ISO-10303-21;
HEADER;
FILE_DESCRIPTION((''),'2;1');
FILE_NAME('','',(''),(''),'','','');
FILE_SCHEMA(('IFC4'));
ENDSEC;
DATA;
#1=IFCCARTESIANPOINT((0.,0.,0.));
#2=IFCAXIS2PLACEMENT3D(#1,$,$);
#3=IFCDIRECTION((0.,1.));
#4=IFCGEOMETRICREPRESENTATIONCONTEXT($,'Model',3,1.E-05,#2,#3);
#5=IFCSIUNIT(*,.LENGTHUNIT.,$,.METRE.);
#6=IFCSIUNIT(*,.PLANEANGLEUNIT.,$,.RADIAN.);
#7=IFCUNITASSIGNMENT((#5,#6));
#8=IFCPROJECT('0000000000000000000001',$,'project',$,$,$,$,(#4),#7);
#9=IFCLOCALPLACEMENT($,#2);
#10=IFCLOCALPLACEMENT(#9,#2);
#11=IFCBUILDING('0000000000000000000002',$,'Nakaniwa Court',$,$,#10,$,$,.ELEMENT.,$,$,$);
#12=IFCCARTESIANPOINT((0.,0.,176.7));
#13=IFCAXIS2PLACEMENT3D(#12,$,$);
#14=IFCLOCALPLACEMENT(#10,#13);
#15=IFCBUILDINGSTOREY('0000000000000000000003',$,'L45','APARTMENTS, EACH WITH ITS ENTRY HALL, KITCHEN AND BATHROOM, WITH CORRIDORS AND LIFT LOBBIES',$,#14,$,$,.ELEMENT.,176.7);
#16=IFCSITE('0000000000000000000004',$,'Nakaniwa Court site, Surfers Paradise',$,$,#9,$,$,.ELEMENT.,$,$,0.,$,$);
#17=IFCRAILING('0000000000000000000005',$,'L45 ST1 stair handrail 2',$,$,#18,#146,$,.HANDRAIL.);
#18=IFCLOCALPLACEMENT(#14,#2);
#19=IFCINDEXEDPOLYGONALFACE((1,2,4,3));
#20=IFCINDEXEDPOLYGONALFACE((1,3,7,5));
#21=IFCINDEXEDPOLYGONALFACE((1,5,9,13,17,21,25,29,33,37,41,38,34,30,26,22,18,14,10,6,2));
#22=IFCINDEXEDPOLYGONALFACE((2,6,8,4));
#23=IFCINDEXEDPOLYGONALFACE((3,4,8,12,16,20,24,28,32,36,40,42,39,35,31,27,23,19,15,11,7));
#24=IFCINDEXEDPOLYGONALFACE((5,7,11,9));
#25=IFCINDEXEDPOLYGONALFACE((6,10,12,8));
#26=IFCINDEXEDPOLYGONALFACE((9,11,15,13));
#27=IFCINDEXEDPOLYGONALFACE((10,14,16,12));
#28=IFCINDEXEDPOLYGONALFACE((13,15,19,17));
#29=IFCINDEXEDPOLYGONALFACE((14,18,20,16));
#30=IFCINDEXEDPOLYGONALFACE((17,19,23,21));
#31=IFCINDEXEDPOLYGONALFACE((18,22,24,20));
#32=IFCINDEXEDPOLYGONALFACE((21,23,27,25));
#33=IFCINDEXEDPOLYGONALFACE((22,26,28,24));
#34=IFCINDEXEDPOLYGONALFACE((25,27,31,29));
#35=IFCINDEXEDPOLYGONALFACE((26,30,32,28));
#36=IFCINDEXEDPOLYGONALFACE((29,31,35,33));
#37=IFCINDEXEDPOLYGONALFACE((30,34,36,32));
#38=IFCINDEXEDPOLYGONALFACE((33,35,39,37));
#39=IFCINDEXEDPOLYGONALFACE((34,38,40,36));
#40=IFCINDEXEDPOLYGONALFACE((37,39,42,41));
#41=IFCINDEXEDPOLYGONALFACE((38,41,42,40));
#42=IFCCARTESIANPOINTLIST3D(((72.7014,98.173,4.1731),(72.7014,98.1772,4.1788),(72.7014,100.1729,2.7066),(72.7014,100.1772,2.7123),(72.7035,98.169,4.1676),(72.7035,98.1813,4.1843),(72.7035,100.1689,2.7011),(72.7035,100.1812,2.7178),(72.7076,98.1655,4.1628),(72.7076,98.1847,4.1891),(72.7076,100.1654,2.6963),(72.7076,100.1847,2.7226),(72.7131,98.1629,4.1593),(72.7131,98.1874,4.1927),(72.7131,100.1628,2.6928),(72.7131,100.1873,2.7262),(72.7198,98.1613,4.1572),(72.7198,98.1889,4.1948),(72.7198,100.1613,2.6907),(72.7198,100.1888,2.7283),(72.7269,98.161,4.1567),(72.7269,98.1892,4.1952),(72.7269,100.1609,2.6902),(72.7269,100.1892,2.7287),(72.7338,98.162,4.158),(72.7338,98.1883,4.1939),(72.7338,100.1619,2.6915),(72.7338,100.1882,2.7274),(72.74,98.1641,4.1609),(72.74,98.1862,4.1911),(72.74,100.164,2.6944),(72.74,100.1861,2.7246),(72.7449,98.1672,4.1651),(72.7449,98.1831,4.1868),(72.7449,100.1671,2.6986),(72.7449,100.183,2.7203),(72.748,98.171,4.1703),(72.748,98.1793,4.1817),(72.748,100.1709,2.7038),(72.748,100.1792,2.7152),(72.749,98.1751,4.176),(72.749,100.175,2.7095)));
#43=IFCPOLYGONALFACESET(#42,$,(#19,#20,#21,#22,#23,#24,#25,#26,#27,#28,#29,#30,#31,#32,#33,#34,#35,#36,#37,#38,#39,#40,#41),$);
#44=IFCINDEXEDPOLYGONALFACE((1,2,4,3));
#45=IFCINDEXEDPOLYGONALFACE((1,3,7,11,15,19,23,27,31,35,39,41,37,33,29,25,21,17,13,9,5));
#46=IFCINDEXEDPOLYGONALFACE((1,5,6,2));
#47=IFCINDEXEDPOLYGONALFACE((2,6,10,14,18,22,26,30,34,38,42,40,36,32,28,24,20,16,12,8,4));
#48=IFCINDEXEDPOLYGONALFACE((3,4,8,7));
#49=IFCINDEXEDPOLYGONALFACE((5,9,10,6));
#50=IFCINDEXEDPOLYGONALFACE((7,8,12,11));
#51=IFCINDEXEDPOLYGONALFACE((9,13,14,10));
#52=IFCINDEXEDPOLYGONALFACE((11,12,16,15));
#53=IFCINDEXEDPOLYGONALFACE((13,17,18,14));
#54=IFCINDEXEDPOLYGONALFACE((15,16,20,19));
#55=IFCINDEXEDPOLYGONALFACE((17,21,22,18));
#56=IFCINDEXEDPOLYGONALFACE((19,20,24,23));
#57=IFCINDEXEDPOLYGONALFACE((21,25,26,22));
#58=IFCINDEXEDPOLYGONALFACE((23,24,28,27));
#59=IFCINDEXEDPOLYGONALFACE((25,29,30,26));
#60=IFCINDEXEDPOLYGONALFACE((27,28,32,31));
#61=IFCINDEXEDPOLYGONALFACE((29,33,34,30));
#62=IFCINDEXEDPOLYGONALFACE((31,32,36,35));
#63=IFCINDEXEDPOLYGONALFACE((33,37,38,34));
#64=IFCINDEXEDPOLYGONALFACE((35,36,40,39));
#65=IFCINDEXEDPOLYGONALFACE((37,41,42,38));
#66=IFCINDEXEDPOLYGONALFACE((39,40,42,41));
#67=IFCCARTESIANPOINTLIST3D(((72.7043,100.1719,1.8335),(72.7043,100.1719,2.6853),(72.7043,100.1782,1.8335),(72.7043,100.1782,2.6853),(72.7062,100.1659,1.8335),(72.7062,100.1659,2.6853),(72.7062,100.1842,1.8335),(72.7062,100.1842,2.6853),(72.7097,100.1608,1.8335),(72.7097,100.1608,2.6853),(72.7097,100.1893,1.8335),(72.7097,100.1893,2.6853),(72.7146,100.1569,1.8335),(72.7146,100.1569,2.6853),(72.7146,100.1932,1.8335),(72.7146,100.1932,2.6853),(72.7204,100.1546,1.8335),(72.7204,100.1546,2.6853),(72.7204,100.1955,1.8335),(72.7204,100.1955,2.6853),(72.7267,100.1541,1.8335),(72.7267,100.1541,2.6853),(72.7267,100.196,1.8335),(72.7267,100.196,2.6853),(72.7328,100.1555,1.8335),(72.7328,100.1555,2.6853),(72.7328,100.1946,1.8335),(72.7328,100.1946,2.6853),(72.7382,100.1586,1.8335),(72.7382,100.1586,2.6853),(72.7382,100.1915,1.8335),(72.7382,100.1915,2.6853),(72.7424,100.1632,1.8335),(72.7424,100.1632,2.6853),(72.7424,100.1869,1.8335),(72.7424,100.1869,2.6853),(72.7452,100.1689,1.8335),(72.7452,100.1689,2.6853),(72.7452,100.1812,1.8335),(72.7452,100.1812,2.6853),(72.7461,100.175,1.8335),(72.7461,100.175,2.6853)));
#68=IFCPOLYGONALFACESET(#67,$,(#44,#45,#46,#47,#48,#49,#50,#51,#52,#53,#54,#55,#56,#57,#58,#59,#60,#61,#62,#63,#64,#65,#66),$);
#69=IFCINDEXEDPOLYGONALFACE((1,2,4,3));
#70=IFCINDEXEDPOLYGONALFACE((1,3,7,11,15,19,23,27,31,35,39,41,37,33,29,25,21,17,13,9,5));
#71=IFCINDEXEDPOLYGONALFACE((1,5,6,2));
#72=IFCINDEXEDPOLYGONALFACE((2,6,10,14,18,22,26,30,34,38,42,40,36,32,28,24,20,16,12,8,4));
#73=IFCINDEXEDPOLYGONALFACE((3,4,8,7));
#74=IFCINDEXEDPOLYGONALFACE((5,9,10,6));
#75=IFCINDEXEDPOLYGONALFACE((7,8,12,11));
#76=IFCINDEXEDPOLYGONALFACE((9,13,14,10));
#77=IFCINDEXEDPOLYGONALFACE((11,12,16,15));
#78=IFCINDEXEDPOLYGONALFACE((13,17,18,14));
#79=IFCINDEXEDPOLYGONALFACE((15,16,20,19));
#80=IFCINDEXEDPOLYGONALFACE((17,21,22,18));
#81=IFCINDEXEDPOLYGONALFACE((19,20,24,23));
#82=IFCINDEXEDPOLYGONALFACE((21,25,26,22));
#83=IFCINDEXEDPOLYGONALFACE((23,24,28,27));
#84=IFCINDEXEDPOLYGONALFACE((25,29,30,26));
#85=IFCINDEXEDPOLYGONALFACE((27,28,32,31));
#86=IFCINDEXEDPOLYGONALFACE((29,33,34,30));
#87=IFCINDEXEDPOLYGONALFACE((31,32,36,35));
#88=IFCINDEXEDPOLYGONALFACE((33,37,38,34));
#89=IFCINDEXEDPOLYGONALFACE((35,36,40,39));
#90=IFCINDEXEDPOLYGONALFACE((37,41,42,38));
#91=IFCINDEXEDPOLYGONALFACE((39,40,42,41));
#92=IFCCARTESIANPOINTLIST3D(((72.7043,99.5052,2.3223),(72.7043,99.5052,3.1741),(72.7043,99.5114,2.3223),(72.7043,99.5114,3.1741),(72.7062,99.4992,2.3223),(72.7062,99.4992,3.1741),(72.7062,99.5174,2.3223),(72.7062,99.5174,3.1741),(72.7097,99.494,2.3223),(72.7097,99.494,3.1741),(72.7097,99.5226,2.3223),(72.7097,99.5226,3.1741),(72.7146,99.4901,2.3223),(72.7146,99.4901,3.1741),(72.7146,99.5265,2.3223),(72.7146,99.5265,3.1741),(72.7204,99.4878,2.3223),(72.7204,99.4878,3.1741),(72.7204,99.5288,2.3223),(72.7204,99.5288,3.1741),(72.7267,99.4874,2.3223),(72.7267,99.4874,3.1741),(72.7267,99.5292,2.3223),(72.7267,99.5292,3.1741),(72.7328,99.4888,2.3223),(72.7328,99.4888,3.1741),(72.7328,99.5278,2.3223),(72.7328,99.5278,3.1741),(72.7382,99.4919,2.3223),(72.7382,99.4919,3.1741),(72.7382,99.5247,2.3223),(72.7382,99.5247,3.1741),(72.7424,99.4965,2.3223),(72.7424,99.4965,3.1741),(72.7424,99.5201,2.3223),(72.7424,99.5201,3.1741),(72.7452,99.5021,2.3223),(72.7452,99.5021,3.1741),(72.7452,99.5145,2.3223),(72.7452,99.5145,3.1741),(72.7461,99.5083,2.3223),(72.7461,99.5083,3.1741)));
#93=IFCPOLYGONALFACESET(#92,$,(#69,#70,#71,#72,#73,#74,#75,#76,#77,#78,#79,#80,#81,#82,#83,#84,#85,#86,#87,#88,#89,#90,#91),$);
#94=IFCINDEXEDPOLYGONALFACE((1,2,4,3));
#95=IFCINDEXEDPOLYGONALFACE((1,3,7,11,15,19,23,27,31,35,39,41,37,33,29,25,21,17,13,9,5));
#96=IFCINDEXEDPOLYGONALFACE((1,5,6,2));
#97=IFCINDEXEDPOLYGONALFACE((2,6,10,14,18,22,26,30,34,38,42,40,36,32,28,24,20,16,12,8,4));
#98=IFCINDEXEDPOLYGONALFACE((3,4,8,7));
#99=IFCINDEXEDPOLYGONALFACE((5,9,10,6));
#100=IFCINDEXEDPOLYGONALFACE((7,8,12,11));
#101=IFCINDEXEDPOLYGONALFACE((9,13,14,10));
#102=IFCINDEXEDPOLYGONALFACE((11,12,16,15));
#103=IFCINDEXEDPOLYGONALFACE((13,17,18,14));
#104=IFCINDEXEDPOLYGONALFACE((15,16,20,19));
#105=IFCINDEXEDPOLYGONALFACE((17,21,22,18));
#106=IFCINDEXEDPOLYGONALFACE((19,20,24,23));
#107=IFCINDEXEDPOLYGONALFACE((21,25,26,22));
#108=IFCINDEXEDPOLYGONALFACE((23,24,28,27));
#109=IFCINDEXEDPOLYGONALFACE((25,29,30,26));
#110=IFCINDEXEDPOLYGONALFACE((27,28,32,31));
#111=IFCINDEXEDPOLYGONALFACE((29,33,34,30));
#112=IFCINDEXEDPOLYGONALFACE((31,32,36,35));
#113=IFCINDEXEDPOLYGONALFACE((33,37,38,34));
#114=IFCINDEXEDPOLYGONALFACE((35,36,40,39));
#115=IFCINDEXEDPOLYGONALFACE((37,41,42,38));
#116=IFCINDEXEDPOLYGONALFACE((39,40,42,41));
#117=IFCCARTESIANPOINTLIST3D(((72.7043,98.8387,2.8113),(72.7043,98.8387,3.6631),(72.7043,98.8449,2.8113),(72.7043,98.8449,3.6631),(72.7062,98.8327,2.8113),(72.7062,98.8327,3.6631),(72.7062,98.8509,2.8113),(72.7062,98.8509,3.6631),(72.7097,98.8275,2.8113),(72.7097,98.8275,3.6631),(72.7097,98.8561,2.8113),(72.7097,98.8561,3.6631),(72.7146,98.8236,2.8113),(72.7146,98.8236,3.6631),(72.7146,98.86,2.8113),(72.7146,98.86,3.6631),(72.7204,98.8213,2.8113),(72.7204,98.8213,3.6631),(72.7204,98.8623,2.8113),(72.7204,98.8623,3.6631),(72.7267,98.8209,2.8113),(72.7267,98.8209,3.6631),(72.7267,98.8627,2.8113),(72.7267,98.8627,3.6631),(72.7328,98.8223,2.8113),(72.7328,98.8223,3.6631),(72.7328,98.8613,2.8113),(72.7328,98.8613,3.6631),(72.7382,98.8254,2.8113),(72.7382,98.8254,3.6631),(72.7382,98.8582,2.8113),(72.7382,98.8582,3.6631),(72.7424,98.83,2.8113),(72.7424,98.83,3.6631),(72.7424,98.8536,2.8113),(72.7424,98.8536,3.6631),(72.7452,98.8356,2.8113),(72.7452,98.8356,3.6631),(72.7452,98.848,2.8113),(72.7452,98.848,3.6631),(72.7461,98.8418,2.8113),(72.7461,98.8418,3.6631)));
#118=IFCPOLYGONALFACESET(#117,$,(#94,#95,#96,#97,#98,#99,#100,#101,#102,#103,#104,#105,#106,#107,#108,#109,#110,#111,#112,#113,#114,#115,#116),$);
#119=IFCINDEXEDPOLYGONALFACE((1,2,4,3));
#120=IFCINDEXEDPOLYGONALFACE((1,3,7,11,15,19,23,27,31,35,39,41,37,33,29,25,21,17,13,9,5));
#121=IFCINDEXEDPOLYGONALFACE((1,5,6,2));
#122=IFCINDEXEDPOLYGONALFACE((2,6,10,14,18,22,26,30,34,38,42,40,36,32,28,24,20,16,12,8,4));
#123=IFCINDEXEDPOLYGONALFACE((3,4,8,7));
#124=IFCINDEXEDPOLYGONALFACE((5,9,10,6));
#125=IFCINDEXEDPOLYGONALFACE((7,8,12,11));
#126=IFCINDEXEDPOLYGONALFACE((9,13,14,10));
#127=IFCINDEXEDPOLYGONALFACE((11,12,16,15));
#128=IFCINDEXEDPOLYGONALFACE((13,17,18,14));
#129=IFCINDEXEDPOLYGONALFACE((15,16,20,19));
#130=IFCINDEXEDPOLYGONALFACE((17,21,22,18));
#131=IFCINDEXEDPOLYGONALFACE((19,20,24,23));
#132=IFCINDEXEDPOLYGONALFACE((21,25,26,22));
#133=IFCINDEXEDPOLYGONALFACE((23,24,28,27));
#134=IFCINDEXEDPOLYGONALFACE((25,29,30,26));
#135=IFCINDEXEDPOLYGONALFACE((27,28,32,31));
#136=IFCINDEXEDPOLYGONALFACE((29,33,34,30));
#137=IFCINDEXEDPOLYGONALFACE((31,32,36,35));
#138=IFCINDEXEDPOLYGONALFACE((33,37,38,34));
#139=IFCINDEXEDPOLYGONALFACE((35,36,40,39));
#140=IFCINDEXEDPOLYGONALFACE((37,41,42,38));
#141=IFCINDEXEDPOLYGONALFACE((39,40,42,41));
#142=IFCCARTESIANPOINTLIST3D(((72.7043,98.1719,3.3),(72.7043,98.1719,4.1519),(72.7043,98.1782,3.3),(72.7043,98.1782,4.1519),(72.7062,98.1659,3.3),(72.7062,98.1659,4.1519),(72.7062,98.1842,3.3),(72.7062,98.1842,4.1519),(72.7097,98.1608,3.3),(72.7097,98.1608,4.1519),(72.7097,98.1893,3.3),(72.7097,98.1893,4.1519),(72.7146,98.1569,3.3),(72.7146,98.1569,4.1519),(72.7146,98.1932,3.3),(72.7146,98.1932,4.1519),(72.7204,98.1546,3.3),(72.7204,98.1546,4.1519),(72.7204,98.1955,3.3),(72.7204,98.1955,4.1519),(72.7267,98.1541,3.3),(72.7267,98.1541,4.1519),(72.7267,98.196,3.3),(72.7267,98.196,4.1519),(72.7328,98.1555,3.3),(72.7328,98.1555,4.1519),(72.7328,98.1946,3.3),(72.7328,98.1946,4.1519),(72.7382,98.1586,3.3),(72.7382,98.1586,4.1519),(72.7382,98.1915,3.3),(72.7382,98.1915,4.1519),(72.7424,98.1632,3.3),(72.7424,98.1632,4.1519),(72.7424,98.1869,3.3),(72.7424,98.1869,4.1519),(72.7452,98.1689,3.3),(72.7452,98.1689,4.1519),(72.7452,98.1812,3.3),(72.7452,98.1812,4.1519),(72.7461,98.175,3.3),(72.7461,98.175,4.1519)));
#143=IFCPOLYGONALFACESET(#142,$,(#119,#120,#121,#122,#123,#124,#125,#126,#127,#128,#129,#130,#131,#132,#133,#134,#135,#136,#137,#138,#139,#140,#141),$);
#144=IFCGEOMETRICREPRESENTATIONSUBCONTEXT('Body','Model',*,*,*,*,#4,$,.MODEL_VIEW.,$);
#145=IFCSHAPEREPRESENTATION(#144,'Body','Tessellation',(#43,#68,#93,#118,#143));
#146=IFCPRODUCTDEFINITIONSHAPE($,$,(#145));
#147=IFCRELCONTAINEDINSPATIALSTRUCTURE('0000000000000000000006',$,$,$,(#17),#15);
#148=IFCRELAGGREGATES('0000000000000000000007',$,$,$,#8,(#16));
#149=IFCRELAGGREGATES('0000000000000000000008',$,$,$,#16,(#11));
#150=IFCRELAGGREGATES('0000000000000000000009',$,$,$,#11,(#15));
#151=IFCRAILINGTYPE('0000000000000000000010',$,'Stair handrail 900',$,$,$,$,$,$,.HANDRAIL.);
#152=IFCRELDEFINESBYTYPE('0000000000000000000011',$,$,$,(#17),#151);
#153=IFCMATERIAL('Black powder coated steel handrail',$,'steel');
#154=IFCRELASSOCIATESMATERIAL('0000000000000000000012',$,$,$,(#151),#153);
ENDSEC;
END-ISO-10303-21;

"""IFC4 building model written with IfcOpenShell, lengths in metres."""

from ifc_helpers import new_model, si_unit, direction, frame, origin, origin_2d, place, context, subcontext, project, spatial, circle, extrude, material, type_object, element, save


model = new_model("IFC4")

# Units and contexts
model_context = context("Model", 3, precision=1e-05, world=origin(), true_north=direction((0.0, 1.0)))
body_context = subcontext(model_context, "Body", "Model", "MODEL_VIEW")
ifc_project = project(units=[si_unit("LENGTHUNIT", "METRE"), si_unit("PLANEANGLEUNIT", "RADIAN")], contexts=[model_context])

# Site, building, storey
site_placement = place(None, origin())
site = spatial("IfcSite", under=ifc_project, at=site_placement, Name="Nakaniwa Court site, Surfers Paradise", CompositionType="ELEMENT", RefElevation=0.0)
building_placement = place(site_placement, origin())
building = spatial("IfcBuilding", under=site, at=building_placement, Name="Nakaniwa Court", CompositionType="ELEMENT")
storey_placement = place(building_placement, frame((0.0, 0.0, 176.7)))
storey = spatial("IfcBuildingStorey", under=building, at=storey_placement, Name="L45", Description="APARTMENTS, EACH WITH ITS ENTRY HALL, KITCHEN AND BATHROOM, WITH CORRIDORS AND LIFT LOBBIES", CompositionType="ELEMENT", Elevation=176.7)

# Railing
ifc_material_1 = material(Name="Black powder coated steel handrail", Category="steel")
railing_type_1 = type_object("IfcRailingType", Name="Stair handrail 900", PredefinedType="HANDRAIL", material=ifc_material_1)
railing_1_placement = place(storey_placement, frame((72.7251, 100.175, 1.8335)))
element("IfcRailing", 1, at=railing_1_placement, inside=storey, type_object=railing_type_1, Name="L45 ST1 stair handrail 2", PredefinedType="HANDRAIL", context=body_context, shape_type="SweptSolid", body=[
    extrude(circle(Radius=0.0239, at=origin_2d()), frame((0.0, 0.0, 0.876), z_axis=(0.0, -0.806427, 0.591334), x_axis=(1.0, 0.0, 0.0)), (0.0, 0.0, 1.0), 2.48),
    extrude(circle(Radius=0.021, at=origin_2d()), origin(), (0.0, 0.0, 1.0), 0.8518),
    extrude(circle(Radius=0.021, at=origin_2d()), frame((0.0, -0.6667, 0.4888)), (0.0, 0.0, 1.0), 0.8518),
    extrude(circle(Radius=0.021, at=origin_2d()), frame((0.0, -1.3333, 0.9778)), (0.0, 0.0, 1.0), 0.8518),
    extrude(circle(Radius=0.021, at=origin_2d()), frame((0.0, -2.0, 1.4666)), (0.0, 0.0, 1.0), 0.8518),
])

save(model, "model.ifc")
